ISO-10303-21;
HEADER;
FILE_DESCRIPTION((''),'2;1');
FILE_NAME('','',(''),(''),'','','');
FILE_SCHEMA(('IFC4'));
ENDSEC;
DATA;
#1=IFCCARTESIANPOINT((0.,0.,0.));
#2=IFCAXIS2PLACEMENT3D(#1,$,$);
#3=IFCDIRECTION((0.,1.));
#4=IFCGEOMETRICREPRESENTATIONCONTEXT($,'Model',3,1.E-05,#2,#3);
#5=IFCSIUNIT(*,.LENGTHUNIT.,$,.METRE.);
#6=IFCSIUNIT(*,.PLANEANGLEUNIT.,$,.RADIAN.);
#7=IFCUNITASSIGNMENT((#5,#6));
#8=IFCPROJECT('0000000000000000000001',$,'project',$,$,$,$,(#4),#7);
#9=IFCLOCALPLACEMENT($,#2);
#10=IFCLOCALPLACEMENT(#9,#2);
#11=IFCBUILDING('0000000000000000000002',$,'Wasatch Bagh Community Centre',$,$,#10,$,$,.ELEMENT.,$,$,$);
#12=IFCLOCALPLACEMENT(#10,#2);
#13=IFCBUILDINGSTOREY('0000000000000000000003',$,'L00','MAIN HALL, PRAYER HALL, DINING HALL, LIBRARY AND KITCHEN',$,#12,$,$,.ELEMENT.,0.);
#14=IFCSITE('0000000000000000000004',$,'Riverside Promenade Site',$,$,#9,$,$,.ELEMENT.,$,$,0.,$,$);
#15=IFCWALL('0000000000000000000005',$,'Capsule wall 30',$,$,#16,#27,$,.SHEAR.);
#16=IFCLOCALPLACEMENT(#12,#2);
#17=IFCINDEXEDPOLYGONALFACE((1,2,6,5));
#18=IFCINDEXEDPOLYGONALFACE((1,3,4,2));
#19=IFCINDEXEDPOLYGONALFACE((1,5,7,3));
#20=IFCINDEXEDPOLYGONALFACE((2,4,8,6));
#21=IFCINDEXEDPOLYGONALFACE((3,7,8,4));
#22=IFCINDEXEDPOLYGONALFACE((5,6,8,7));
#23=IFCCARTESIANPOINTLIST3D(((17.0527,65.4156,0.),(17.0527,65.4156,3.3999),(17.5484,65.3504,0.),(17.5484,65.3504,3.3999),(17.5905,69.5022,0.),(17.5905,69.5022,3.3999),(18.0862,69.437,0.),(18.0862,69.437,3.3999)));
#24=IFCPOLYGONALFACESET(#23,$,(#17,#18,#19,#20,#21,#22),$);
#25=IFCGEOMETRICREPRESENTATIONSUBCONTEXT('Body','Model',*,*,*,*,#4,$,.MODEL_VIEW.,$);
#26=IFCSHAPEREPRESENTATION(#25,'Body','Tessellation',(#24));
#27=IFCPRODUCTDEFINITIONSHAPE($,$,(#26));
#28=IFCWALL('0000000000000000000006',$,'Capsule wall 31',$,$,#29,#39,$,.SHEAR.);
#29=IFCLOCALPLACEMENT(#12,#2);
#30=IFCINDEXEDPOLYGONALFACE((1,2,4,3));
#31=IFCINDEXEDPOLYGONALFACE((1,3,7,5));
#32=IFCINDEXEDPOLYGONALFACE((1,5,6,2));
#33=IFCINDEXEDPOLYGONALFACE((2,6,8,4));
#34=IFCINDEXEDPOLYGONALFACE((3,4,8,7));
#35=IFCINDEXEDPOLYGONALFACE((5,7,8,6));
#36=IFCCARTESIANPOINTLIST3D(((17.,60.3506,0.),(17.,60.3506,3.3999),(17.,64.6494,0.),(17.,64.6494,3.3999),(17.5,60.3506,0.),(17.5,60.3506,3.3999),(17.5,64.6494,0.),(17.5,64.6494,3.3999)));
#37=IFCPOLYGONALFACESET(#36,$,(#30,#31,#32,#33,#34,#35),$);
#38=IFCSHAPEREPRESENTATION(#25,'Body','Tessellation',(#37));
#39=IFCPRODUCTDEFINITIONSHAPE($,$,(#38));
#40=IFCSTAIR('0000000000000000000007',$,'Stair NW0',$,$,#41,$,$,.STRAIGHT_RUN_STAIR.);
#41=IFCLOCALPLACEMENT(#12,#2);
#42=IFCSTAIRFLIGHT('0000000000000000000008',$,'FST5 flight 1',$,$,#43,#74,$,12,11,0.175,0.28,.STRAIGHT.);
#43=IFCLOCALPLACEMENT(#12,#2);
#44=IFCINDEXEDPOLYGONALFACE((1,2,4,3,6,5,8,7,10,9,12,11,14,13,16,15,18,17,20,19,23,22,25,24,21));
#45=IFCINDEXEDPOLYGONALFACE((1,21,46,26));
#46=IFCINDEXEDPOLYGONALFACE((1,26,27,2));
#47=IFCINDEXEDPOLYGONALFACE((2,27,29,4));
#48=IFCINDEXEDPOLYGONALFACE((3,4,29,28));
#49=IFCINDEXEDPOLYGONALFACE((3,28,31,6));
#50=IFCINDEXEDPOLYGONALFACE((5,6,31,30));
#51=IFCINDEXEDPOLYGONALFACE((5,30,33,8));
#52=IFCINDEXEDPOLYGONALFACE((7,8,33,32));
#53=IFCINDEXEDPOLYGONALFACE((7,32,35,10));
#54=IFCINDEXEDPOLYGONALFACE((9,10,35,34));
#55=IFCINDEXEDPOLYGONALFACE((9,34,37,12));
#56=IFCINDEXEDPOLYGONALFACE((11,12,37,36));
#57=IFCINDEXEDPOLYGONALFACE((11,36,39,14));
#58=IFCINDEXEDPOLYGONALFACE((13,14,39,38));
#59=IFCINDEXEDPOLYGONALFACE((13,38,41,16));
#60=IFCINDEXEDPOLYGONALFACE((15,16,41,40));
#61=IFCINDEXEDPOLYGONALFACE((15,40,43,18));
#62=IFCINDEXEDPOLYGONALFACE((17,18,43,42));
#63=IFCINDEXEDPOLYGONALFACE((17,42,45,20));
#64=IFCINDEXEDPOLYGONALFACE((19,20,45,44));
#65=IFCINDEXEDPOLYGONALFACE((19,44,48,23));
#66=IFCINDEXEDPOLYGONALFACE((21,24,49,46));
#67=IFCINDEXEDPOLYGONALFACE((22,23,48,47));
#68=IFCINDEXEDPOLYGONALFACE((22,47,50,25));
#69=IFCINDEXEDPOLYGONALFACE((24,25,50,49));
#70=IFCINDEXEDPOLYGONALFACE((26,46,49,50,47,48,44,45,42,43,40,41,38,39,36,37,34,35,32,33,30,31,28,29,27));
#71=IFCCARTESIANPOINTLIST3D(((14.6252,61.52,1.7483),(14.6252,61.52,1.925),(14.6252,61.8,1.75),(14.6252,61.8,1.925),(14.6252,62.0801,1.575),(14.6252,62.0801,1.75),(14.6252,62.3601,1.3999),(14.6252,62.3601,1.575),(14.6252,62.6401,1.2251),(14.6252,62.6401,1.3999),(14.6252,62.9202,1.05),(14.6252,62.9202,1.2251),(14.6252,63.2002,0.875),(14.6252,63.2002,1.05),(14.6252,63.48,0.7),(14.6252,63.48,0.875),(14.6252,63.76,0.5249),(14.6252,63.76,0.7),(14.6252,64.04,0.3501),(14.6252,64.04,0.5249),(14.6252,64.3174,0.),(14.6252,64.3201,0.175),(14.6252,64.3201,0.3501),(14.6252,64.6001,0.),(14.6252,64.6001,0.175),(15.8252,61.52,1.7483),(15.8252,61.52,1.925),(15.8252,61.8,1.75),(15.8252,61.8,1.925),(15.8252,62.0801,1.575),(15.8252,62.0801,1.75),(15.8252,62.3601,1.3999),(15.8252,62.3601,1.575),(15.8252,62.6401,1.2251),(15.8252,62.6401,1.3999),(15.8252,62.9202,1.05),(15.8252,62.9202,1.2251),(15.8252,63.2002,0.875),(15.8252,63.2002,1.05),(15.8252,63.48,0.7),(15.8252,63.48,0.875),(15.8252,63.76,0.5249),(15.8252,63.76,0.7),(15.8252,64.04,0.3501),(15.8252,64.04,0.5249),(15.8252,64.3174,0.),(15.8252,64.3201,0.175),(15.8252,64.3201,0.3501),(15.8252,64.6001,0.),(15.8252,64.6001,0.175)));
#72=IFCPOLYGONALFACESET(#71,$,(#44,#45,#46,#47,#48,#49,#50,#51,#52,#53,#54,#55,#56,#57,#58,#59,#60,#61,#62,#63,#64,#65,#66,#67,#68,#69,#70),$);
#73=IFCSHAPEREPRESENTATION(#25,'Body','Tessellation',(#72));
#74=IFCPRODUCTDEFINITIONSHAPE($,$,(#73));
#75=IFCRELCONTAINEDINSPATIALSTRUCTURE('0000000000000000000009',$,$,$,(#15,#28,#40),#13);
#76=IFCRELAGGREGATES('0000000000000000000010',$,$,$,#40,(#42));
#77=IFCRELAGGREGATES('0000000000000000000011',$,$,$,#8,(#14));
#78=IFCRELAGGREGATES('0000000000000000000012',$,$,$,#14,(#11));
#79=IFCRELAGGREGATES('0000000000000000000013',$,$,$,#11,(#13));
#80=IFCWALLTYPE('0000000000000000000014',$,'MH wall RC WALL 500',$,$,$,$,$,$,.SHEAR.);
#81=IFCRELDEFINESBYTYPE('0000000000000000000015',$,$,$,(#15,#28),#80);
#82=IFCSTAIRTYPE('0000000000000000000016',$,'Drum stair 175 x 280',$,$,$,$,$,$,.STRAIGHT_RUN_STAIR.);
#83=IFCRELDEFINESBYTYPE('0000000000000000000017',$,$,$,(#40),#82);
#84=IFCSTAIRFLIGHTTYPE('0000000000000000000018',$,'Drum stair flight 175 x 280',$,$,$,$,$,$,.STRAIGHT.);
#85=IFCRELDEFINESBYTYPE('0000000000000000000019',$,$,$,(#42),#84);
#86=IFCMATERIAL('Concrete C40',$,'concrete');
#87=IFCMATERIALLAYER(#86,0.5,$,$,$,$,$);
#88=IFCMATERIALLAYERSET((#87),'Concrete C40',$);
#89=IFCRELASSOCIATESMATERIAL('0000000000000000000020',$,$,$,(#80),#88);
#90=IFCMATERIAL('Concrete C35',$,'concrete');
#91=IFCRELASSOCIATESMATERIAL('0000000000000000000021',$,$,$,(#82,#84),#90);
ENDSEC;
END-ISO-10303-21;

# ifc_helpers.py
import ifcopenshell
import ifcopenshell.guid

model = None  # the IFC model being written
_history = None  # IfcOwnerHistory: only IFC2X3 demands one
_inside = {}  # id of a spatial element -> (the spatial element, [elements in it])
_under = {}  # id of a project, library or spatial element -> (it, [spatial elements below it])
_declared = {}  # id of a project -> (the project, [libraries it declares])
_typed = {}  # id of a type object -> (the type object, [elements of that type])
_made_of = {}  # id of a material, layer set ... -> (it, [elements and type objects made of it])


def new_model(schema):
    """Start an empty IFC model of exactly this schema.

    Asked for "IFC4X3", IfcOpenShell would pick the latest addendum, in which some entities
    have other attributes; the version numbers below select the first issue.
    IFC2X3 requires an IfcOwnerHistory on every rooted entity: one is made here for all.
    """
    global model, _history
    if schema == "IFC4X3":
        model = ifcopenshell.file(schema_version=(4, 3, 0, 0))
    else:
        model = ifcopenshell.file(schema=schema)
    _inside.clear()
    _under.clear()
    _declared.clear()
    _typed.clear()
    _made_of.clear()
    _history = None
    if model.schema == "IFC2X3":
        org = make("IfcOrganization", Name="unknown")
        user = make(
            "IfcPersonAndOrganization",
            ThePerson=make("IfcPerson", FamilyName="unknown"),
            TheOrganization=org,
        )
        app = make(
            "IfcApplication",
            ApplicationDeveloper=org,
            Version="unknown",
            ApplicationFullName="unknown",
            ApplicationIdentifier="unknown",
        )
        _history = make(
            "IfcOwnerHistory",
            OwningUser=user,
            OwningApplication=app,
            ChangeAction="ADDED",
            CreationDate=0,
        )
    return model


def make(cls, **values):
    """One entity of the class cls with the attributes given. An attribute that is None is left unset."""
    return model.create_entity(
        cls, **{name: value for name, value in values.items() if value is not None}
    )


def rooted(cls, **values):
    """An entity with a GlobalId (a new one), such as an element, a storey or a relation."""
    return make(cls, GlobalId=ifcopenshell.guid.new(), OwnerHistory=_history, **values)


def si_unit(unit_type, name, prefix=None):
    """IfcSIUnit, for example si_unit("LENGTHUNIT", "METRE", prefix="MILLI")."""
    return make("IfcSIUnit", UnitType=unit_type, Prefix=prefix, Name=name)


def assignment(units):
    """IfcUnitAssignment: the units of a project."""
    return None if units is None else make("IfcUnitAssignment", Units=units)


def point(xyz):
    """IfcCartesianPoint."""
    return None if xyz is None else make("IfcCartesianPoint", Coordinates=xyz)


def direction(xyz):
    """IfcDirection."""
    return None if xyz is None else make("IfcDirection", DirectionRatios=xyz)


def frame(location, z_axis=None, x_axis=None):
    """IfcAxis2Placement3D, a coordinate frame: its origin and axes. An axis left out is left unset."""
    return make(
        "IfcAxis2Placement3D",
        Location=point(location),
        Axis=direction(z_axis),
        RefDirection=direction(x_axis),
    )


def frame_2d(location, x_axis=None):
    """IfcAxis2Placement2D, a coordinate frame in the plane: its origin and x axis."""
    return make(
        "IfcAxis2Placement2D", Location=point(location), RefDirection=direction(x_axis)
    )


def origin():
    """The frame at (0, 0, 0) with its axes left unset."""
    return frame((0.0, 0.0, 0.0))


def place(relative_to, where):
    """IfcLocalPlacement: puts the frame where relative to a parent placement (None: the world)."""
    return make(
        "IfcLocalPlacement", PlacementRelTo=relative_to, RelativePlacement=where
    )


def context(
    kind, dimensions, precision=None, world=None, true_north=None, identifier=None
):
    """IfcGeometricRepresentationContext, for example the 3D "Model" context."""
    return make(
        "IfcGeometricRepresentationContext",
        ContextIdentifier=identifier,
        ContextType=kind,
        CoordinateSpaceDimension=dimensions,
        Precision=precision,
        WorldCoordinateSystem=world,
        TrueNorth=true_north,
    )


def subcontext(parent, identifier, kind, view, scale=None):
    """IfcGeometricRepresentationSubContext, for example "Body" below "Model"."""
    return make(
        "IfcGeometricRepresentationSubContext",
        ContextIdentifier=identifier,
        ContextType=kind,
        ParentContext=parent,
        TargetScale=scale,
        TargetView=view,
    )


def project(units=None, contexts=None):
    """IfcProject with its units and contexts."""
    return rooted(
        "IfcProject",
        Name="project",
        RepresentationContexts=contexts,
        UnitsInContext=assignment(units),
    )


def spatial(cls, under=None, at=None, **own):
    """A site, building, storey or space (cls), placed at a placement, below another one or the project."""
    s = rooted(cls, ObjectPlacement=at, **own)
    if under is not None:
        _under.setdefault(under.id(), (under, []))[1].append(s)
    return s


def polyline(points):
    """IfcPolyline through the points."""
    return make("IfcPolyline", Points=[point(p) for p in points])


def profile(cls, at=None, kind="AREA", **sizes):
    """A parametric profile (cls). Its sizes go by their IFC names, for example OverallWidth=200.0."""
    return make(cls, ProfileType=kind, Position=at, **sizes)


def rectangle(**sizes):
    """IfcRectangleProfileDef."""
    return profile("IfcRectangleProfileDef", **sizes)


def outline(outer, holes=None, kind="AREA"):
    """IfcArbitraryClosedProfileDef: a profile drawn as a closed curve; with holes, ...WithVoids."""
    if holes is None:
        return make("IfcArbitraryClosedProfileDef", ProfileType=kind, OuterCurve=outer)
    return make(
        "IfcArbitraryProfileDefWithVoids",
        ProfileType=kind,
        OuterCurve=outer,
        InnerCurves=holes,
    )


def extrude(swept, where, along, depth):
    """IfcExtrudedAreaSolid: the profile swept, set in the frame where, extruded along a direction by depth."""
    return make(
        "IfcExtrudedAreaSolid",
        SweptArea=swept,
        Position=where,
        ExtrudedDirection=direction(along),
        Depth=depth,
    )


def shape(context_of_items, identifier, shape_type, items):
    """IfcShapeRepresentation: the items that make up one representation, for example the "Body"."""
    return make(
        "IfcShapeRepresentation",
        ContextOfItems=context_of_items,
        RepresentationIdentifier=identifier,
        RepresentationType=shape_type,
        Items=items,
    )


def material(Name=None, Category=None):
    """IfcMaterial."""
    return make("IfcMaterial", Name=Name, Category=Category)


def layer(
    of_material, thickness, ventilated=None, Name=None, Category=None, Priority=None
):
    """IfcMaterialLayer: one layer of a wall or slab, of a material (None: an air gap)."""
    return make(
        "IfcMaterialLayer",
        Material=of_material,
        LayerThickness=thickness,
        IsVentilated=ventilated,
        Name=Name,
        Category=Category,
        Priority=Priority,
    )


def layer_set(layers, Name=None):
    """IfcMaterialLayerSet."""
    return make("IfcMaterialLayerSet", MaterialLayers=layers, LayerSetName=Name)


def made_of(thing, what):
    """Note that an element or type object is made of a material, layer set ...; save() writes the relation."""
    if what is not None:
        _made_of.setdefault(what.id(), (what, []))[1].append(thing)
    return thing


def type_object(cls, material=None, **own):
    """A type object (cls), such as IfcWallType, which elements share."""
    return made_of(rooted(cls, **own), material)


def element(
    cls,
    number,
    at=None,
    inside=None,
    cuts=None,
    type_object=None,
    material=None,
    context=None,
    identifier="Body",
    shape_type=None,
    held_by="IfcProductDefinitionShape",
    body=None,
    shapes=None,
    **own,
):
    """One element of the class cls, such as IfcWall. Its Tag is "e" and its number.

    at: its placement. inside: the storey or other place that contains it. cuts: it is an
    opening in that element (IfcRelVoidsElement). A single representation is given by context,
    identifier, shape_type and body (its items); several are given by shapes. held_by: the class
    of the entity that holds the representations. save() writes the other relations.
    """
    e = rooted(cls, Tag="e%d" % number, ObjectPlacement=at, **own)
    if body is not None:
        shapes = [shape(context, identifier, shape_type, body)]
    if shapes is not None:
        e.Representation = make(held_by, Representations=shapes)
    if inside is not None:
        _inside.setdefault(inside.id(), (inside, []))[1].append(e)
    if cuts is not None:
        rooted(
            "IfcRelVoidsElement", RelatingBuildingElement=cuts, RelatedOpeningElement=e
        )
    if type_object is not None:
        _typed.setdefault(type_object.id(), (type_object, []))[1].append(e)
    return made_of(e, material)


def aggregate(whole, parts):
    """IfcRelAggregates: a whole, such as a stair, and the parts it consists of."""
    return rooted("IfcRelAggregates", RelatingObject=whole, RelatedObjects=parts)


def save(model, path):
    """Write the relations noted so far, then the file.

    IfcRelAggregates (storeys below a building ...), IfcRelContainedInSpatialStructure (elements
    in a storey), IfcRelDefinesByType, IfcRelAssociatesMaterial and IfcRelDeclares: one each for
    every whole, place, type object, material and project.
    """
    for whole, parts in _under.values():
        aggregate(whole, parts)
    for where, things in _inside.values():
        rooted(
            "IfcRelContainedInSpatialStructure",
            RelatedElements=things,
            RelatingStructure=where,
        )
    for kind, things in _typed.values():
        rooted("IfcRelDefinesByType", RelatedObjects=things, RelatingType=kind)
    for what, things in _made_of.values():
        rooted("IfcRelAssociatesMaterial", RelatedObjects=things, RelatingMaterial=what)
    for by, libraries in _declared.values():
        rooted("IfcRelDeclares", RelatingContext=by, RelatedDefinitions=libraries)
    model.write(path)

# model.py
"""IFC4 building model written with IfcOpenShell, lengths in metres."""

from ifc_helpers import new_model, si_unit, direction, frame, frame_2d, origin, place, context, subcontext, project, spatial, polyline, rectangle, outline, extrude, material, layer, layer_set, type_object, element, aggregate, save


model = new_model("IFC4")

# Units and contexts
model_context = context("Model", 3, precision=1e-05, world=origin(), true_north=direction((0.0, 1.0)))
body_context = subcontext(model_context, "Body", "Model", "MODEL_VIEW")
ifc_project = project(units=[si_unit("LENGTHUNIT", "METRE"), si_unit("PLANEANGLEUNIT", "RADIAN")], contexts=[model_context])

# Site, building, storey
site_placement = place(None, origin())
site = spatial("IfcSite", under=ifc_project, at=site_placement, Name="Riverside Promenade Site", CompositionType="ELEMENT", RefElevation=0.0)
building_placement = place(site_placement, origin())
building = spatial("IfcBuilding", under=site, at=building_placement, Name="Wasatch Bagh Community Centre", CompositionType="ELEMENT")
storey_placement = place(building_placement, origin())
storey = spatial("IfcBuildingStorey", under=building, at=storey_placement, Name="L00", Description="MAIN HALL, PRAYER HALL, DINING HALL, LIBRARY AND KITCHEN", CompositionType="ELEMENT", Elevation=0.0)

# Shared definitions
ifc_material_1 = material(Name="Concrete C35", Category="concrete")

# Shared definitions
ifc_material_2 = material(Name="Concrete C40", Category="concrete")

# Walls
ifc_layer_1 = layer(ifc_material_2, 0.5)
ifc_layer_set_1 = layer_set([ifc_layer_1], Name="Concrete C40")
wall_type_1 = type_object("IfcWallType", Name="MH wall RC WALL 500", PredefinedType="SHEAR", material=ifc_layer_set_1)
wall_1_placement = place(storey_placement, frame((17.8384, 69.4697, 0.0), z_axis=(0.0, 0.0, 1.0), x_axis=(-0.130484, -0.99145, 0.0)))
element("IfcWall", 1, at=wall_1_placement, inside=storey, type_object=wall_type_1, Name="Capsule wall 30", PredefinedType="SHEAR", context=body_context, shape_type="SweptSolid", body=[
    extrude(rectangle(XDim=4.1218, YDim=0.5, at=frame_2d((2.061, 0.0))), origin(), (0.0, 0.0, 1.0), 3.3999),
])
wall_2_placement = place(storey_placement, frame((17.25, 64.6494, 0.0), z_axis=(0.0, 0.0, 1.0), x_axis=(0.0, -1.0, 0.0)))
element("IfcWall", 2, at=wall_2_placement, inside=storey, type_object=wall_type_1, Name="Capsule wall 31", PredefinedType="SHEAR", context=body_context, shape_type="SweptSolid", body=[
    extrude(rectangle(XDim=4.2988, YDim=0.5, at=frame_2d((2.1494, 0.0))), origin(), (0.0, 0.0, 1.0), 3.3999),
])

# Stair, stair flight
stair_type = type_object("IfcStairType", Name="Drum stair 175 x 280", PredefinedType="STRAIGHT_RUN_STAIR", material=ifc_material_1)
stair_placement = place(storey_placement, origin())
stair = element("IfcStair", 3, at=stair_placement, inside=storey, type_object=stair_type, Name="Stair NW0", PredefinedType="STRAIGHT_RUN_STAIR")
stair_flight_type = type_object("IfcStairFlightType", Name="Drum stair flight 175 x 280", PredefinedType="STRAIGHT", material=ifc_material_1)
stair_flight_placement = place(storey_placement, frame((15.2251, 64.6001, 0.0), z_axis=(0.0, 0.0, 1.0), x_axis=(0.0, -1.0, 0.0)))
stair_flight = element("IfcStairFlight", 4, at=stair_flight_placement, type_object=stair_flight_type, Name="FST5 flight 1", NumberOfRisers=12, NumberOfTreads=11, PredefinedType="STRAIGHT", RiserHeight=0.175, TreadLength=0.28, context=body_context, shape_type="SweptSolid", body=[
    extrude(outline(polyline([(0.0, 0.0), (0.0, 0.175), (0.28, 0.175), (0.28, 0.3501), (0.5601, 0.3501), (0.5601, 0.5249), (0.8401, 0.5249), (0.8401, 0.7), (1.1201, 0.7), (1.1201, 0.875), (1.3999, 0.875), (1.3999, 1.05), (1.6799, 1.05), (1.6799, 1.2251), (1.96, 1.2251), (1.96, 1.3999), (2.24, 1.3999), (2.24, 1.575), (2.52, 1.575), (2.52, 1.75), (2.8, 1.75), (2.8, 1.925), (3.0801, 1.925), (3.0801, 2.1001), (3.0801, 1.7483), (0.2827, 0.0), (0.0, 0.0)])), frame((0.0, 0.6001, 0.0), z_axis=(0.0, -1.0, 0.0), x_axis=(1.0, 0.0, 0.0)), (0.0, 0.0, 1.0), 1.2),
])
aggregate(stair, [stair_flight])

save(model, "model.ifc")
